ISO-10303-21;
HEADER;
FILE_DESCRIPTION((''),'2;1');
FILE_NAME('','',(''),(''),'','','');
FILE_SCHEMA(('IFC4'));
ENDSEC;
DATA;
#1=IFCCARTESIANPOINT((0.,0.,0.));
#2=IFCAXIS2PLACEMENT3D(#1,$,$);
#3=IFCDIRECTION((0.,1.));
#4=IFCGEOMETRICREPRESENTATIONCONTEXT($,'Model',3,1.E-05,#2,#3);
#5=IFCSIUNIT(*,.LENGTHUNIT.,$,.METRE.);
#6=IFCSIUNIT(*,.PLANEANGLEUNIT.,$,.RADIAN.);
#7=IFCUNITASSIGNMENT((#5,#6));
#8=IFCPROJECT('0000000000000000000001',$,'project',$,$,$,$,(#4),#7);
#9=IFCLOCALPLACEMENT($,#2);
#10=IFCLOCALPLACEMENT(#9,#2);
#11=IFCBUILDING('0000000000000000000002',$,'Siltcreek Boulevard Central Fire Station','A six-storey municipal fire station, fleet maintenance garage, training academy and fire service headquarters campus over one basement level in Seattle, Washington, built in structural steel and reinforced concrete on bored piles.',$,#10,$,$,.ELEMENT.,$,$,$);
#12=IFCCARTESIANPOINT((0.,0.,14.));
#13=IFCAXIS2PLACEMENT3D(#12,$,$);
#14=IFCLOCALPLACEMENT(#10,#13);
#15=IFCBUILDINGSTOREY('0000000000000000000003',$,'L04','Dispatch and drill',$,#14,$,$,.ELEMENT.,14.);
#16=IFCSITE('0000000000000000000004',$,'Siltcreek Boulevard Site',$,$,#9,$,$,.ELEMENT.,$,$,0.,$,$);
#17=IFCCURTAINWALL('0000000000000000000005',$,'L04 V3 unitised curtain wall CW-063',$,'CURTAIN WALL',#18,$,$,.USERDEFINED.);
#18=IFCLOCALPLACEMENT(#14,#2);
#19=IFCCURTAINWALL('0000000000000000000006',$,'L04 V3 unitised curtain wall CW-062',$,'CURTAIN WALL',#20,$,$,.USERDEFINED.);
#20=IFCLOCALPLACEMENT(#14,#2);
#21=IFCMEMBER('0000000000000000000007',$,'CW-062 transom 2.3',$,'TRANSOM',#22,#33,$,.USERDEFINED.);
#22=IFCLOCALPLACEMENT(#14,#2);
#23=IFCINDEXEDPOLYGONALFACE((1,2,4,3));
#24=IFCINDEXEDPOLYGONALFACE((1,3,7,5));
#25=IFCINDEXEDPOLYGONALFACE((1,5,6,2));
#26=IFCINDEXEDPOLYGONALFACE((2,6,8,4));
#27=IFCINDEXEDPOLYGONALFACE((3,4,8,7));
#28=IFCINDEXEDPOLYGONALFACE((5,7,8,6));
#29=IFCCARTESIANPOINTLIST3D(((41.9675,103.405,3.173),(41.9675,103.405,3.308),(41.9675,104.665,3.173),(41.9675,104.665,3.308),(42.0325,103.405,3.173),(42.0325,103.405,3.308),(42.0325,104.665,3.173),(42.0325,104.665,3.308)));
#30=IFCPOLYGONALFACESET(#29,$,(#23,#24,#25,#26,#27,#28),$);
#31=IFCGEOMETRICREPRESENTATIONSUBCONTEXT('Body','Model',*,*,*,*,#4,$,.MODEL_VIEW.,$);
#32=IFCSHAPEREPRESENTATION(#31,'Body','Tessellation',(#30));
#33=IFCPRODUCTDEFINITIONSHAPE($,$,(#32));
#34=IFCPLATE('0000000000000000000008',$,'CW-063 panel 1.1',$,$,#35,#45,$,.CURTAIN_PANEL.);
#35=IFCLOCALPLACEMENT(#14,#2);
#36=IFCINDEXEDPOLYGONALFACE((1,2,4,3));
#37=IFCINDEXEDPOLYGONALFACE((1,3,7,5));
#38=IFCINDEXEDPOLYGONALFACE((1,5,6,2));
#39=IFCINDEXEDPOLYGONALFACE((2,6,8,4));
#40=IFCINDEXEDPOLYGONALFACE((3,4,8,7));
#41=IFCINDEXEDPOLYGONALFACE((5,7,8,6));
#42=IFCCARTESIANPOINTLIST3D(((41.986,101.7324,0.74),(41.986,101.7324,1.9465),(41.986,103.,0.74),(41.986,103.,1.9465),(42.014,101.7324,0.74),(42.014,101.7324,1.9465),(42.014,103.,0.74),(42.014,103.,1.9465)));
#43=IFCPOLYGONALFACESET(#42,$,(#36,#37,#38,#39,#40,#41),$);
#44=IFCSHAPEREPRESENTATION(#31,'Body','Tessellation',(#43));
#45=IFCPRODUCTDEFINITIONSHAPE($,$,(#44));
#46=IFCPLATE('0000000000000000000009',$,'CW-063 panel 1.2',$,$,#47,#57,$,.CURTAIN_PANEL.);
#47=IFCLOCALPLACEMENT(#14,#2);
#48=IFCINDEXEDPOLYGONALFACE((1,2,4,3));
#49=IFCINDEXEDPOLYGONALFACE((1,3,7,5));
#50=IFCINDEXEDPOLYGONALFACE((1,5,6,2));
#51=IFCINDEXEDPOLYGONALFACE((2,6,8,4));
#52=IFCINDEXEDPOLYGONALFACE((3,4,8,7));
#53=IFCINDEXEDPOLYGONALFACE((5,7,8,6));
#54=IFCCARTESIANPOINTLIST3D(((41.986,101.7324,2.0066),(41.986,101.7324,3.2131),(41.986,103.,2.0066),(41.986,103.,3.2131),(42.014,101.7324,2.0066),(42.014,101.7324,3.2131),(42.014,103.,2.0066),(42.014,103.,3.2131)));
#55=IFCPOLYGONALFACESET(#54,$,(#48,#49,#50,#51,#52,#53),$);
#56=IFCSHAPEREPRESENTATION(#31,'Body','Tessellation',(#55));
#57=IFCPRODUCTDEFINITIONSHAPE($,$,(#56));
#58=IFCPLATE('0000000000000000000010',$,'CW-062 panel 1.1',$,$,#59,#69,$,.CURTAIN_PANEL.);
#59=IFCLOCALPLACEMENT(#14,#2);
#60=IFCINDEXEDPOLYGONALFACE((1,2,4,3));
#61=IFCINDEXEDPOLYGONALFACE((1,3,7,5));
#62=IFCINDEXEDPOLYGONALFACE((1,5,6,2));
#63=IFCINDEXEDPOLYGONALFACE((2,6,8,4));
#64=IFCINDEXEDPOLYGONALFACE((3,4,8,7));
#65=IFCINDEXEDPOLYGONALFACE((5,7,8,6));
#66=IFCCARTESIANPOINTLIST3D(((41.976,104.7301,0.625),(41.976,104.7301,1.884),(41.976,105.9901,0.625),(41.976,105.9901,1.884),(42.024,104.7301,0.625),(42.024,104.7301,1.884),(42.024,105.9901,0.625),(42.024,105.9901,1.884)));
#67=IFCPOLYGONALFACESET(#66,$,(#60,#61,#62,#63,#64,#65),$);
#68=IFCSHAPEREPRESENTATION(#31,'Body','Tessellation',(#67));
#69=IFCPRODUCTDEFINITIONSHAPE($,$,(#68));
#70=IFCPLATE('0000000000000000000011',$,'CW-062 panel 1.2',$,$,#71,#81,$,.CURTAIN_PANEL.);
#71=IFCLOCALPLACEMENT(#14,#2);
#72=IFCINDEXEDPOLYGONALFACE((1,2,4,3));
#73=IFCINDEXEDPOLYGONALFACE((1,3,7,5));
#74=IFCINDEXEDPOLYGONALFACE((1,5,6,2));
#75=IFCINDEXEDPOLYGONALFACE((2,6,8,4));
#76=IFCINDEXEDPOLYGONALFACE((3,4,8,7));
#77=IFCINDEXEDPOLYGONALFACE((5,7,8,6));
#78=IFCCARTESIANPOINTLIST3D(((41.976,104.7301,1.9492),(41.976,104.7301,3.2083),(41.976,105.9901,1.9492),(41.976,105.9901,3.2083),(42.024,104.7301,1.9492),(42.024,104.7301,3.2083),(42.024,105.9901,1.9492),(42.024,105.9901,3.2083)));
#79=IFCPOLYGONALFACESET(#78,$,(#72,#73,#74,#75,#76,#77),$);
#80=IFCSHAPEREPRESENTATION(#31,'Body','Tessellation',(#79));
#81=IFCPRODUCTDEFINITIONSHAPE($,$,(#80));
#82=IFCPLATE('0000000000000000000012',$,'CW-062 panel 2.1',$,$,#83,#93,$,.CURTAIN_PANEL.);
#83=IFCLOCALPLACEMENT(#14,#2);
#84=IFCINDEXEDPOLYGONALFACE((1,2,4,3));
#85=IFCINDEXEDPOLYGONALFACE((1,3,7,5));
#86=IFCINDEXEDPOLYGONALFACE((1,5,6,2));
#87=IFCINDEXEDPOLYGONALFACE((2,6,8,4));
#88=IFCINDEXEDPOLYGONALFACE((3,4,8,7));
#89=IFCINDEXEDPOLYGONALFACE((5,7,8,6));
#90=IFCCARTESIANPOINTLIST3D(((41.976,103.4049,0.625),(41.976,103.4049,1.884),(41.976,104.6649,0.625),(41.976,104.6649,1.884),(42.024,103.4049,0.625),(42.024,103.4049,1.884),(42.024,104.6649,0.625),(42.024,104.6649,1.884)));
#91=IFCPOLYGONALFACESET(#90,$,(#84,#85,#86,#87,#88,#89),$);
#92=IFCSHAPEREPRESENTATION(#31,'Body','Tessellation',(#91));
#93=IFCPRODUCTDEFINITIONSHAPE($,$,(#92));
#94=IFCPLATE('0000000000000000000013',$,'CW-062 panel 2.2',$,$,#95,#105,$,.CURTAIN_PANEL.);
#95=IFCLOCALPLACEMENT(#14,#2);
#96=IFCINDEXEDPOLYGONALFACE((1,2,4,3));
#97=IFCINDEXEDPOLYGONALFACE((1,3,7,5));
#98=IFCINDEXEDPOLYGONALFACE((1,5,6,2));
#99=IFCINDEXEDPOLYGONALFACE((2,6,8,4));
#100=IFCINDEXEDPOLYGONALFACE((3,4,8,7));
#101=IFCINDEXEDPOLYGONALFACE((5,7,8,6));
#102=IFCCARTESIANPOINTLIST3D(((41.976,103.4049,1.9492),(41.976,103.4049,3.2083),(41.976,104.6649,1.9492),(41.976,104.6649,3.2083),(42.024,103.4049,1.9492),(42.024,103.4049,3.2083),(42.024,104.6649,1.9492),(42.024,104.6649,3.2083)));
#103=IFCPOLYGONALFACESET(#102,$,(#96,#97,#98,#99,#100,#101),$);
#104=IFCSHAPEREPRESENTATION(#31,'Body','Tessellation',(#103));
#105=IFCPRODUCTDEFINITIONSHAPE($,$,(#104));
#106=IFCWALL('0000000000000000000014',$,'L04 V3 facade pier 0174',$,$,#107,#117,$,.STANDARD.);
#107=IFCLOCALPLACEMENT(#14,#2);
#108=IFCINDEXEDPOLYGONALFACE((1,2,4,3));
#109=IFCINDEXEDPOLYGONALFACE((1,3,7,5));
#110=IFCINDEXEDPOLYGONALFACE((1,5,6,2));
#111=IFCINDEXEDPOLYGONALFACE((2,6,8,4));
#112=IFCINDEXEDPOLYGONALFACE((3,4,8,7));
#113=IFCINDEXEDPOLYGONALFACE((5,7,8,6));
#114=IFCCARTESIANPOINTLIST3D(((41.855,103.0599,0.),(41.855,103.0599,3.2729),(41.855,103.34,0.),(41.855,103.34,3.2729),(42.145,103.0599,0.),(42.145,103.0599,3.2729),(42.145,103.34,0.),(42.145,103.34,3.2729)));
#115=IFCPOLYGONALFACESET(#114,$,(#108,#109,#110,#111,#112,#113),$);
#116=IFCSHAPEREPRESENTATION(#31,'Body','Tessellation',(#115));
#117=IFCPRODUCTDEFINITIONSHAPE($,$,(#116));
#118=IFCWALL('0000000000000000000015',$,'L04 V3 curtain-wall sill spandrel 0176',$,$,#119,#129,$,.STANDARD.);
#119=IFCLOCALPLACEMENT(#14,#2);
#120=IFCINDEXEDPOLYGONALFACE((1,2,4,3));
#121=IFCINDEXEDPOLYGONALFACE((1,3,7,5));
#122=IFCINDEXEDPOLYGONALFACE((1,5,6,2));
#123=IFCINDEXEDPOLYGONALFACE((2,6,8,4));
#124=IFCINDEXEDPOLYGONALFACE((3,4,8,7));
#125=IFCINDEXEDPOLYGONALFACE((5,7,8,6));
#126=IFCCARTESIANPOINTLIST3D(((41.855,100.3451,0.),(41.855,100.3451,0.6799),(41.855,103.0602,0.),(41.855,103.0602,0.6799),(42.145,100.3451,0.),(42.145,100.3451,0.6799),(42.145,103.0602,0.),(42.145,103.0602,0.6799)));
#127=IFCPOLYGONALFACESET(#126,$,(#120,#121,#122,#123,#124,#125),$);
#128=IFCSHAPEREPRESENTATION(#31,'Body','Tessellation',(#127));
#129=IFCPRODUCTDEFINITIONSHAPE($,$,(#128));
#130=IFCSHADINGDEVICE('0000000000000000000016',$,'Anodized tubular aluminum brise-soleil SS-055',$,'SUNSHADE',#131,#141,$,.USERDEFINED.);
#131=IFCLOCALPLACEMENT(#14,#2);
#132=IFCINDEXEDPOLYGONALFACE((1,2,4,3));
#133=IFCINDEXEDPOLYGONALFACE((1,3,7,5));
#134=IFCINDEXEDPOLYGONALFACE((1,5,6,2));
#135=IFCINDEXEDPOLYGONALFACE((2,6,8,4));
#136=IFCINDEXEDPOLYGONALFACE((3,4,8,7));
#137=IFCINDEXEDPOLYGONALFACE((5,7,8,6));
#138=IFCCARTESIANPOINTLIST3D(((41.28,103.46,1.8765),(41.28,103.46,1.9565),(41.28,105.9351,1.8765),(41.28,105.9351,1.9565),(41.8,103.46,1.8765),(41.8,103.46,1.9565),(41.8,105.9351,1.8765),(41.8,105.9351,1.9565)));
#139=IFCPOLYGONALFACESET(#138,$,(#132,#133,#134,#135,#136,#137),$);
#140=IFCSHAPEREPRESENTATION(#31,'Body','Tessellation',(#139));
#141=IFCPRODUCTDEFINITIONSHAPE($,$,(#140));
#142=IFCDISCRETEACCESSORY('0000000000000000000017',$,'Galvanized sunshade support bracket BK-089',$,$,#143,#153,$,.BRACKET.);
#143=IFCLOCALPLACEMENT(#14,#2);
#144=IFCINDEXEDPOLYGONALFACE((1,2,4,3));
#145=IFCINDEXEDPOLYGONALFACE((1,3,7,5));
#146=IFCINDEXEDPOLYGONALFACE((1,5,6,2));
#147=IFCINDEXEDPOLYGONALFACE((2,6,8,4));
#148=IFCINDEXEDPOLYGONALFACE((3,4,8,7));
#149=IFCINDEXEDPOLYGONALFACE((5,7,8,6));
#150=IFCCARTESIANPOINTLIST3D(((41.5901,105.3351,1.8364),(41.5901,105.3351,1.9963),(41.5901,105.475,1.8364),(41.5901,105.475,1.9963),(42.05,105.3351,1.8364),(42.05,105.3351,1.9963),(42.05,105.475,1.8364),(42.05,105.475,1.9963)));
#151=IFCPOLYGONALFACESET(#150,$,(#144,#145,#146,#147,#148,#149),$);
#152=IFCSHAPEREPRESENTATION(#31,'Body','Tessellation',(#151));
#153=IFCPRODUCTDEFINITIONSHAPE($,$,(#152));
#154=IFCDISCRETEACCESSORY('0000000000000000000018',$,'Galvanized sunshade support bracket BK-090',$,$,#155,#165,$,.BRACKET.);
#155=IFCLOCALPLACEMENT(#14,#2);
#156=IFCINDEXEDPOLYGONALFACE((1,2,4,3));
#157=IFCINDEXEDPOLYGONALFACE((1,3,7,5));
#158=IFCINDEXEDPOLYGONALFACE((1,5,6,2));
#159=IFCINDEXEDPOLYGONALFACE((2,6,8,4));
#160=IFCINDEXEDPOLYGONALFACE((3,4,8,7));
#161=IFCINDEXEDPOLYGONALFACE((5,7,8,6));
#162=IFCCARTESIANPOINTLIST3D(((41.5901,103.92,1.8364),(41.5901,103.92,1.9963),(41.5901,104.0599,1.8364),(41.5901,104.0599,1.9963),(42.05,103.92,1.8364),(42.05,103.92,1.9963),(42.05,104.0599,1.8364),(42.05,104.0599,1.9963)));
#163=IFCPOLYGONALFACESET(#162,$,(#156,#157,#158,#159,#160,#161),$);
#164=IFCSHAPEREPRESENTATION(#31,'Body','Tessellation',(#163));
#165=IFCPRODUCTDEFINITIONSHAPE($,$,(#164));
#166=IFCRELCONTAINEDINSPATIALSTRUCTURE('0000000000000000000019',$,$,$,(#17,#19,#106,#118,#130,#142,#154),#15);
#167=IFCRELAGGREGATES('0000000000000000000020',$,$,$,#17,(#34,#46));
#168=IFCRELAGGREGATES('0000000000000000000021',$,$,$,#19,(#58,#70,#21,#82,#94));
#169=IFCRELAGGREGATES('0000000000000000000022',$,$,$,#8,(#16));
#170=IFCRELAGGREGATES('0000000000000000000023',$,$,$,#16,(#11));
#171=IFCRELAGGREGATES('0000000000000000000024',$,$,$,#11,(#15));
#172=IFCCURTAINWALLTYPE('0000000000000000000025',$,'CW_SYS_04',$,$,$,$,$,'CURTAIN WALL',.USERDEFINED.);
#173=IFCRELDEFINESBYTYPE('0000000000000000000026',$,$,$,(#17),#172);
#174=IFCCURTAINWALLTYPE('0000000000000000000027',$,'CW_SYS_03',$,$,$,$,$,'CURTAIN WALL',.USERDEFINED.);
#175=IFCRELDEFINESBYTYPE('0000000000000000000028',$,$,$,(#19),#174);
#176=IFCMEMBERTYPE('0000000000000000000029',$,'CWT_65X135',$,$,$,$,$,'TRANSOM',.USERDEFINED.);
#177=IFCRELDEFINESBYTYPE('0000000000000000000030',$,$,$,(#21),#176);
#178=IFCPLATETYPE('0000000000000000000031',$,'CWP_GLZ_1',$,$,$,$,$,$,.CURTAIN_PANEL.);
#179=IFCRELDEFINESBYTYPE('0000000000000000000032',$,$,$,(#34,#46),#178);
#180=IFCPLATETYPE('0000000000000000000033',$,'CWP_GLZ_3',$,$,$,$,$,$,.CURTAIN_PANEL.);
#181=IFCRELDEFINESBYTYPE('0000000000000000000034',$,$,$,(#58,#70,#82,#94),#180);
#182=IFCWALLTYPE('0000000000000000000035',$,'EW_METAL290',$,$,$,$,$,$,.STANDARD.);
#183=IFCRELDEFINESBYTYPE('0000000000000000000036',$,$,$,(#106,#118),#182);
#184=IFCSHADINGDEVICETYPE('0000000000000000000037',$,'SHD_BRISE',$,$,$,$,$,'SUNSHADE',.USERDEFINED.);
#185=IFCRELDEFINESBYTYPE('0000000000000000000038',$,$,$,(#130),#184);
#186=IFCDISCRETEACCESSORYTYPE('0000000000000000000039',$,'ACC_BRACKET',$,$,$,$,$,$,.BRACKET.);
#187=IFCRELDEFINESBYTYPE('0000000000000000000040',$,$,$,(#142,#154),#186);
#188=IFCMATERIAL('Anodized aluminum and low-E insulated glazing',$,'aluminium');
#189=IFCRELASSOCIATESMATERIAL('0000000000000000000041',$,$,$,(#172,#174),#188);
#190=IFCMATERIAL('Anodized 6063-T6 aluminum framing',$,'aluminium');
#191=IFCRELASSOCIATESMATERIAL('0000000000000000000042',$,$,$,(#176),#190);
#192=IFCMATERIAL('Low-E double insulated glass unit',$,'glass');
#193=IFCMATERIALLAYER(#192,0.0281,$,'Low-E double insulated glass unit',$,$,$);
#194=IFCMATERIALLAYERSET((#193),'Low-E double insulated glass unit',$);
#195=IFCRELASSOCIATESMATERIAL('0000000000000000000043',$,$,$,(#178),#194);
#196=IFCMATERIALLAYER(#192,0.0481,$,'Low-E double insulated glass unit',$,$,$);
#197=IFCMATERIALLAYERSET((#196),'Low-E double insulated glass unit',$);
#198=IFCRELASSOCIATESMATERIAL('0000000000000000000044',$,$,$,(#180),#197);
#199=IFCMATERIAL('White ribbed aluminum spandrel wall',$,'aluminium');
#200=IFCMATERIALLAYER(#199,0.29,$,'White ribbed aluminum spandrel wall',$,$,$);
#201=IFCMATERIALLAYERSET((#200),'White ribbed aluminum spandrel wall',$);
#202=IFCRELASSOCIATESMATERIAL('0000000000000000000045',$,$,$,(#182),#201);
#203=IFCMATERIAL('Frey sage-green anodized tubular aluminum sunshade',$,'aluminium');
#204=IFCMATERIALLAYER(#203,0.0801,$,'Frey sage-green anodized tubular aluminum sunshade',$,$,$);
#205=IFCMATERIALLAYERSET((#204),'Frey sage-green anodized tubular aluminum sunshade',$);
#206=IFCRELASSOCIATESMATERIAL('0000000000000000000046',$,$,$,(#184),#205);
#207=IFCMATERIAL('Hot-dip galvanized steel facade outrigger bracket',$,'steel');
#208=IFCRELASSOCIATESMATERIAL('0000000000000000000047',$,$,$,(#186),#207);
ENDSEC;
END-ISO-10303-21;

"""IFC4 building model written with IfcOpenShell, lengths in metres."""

from ifc_helpers import new_model, si_unit, direction, frame, frame_2d, origin, origin_2d, place, context, subcontext, project, spatial, rectangle, extrude, material, layer, layer_set, material_profile, profile_set, type_object, element, aggregate, save


model = new_model("IFC4")

# Units and contexts
model_context = context("Model", 3, precision=1e-05, world=origin(), true_north=direction((0.0, 1.0)))
body_context = subcontext(model_context, "Body", "Model", "MODEL_VIEW")
ifc_project = project(units=[si_unit("LENGTHUNIT", "METRE"), si_unit("PLANEANGLEUNIT", "RADIAN")], contexts=[model_context])

# Site, building, storey
site_placement = place(None, origin())
site = spatial("IfcSite", under=ifc_project, at=site_placement, Name="Siltcreek Boulevard Site", CompositionType="ELEMENT", RefElevation=0.0)
building_placement = place(site_placement, origin())
building = spatial("IfcBuilding", under=site, at=building_placement, Name="Siltcreek Boulevard Central Fire Station", Description="A six-storey municipal fire station, fleet maintenance garage, training academy and fire service headquarters campus over one basement level in Seattle, Washington, built in structural steel and reinforced concrete on bored piles.", CompositionType="ELEMENT")
storey_placement = place(building_placement, frame((0.0, 0.0, 14.0)))
storey = spatial("IfcBuildingStorey", under=building, at=storey_placement, Name="L04", Description="Dispatch and drill", CompositionType="ELEMENT", Elevation=14.0)

# Curtain walls
ifc_material_1 = material(Name="Anodized aluminum and low-E insulated glazing", Category="aluminium")
curtain_wall_type_1 = type_object("IfcCurtainWallType", Name="CW_SYS_04", ElementType="CURTAIN WALL", PredefinedType="USERDEFINED", material=ifc_material_1)
curtain_wall_1_placement = place(storey_placement, origin())
curtain_wall_1 = element("IfcCurtainWall", 1, at=curtain_wall_1_placement, inside=storey, type_object=curtain_wall_type_1, Name="L04 V3 unitised curtain wall CW-063", ObjectType="CURTAIN WALL", PredefinedType="USERDEFINED")
ifc_material_2 = material(Name="Anodized 6063-T6 aluminum framing", Category="aluminium")
curtain_wall_type_2 = type_object("IfcCurtainWallType", Name="CW_SYS_03", ElementType="CURTAIN WALL", PredefinedType="USERDEFINED", material=ifc_material_1)
curtain_wall_2_placement = place(storey_placement, origin())
curtain_wall_2 = element("IfcCurtainWall", 2, at=curtain_wall_2_placement, inside=storey, type_object=curtain_wall_type_2, Name="L04 V3 unitised curtain wall CW-062", ObjectType="CURTAIN WALL", PredefinedType="USERDEFINED")

# Member
ifc_material_profile_1 = material_profile(ifc_material_2, rectangle(XDim=0.0649, YDim=0.135, at=origin_2d()), Name="TRAN65X135")
ifc_profile_set_1 = profile_set([ifc_material_profile_1], Name="Anodized 6063-T6 aluminum framing")
member_type_1 = type_object("IfcMemberType", Name="CWT_65X135", ElementType="TRANSOM", PredefinedType="USERDEFINED", material=ifc_profile_set_1)
member_1_placement = place(storey_placement, frame((42.0, 104.665, 3.2405), z_axis=(0.0, -1.0, 0.0), x_axis=(1.0, 0.0, 0.0)))
member_1 = element("IfcMember", 3, at=member_1_placement, type_object=member_type_1, Name="CW-062 transom 2.3", ObjectType="TRANSOM", PredefinedType="USERDEFINED", context=body_context, shape_type="SweptSolid", body=[
    extrude(rectangle(XDim=0.0649, YDim=0.135, at=origin_2d()), origin(), (0.0, 0.0, 1.0), 1.26),
])

# Plates
ifc_material_3 = material(Name="Low-E double insulated glass unit", Category="glass")
ifc_layer_1 = layer(ifc_material_3, 0.0281, Name="Low-E double insulated glass unit")
ifc_layer_set_1 = layer_set([ifc_layer_1], Name="Low-E double insulated glass unit")
plate_type_1 = type_object("IfcPlateType", Name="CWP_GLZ_1", PredefinedType="CURTAIN_PANEL", material=ifc_layer_set_1)
plate_1_placement = place(storey_placement, frame((42.0, 102.3662, 0.74), z_axis=(0.0, 0.0, 1.0), x_axis=(0.0, -1.0, 0.0)))
plate_1 = element("IfcPlate", 4, at=plate_1_placement, type_object=plate_type_1, Name="CW-063 panel 1.1", PredefinedType="CURTAIN_PANEL", context=body_context, shape_type="SweptSolid", body=[
    extrude(rectangle(XDim=1.2676, YDim=0.0281, at=origin_2d()), origin(), (0.0, 0.0, 1.0), 1.2065),
])
plate_2_placement = place(storey_placement, frame((42.0, 102.3662, 2.0066), z_axis=(0.0, 0.0, 1.0), x_axis=(0.0, -1.0, 0.0)))
plate_2 = element("IfcPlate", 5, at=plate_2_placement, type_object=plate_type_1, Name="CW-063 panel 1.2", PredefinedType="CURTAIN_PANEL", context=body_context, shape_type="SweptSolid", body=[
    extrude(rectangle(XDim=1.2676, YDim=0.0281, at=origin_2d()), origin(), (0.0, 0.0, 1.0), 1.2065),
])
aggregate(curtain_wall_1, [plate_1, plate_2])
ifc_layer_2 = layer(ifc_material_3, 0.0481, Name="Low-E double insulated glass unit")
ifc_layer_set_2 = layer_set([ifc_layer_2], Name="Low-E double insulated glass unit")
plate_type_2 = type_object("IfcPlateType", Name="CWP_GLZ_3", PredefinedType="CURTAIN_PANEL", material=ifc_layer_set_2)
plate_3_placement = place(storey_placement, frame((42.0, 105.3601, 0.625), z_axis=(0.0, 0.0, 1.0), x_axis=(0.0, -1.0, 0.0)))
plate_3 = element("IfcPlate", 6, at=plate_3_placement, type_object=plate_type_2, Name="CW-062 panel 1.1", PredefinedType="CURTAIN_PANEL", context=body_context, shape_type="SweptSolid", body=[
    extrude(rectangle(XDim=1.26, YDim=0.0481, at=origin_2d()), origin(), (0.0, 0.0, 1.0), 1.259),
])
plate_4_placement = place(storey_placement, frame((42.0, 105.3601, 1.9492), z_axis=(0.0, 0.0, 1.0), x_axis=(0.0, -1.0, 0.0)))
plate_4 = element("IfcPlate", 7, at=plate_4_placement, type_object=plate_type_2, Name="CW-062 panel 1.2", PredefinedType="CURTAIN_PANEL", context=body_context, shape_type="SweptSolid", body=[
    extrude(rectangle(XDim=1.26, YDim=0.0481, at=origin_2d()), origin(), (0.0, 0.0, 1.0), 1.259),
])
plate_5_placement = place(storey_placement, frame((42.0, 104.0349, 0.625), z_axis=(0.0, 0.0, 1.0), x_axis=(0.0, -1.0, 0.0)))
plate_5 = element("IfcPlate", 8, at=plate_5_placement, type_object=plate_type_2, Name="CW-062 panel 2.1", PredefinedType="CURTAIN_PANEL", context=body_context, shape_type="SweptSolid", body=[
    extrude(rectangle(XDim=1.26, YDim=0.0481, at=origin_2d()), origin(), (0.0, 0.0, 1.0), 1.259),
])
plate_6_placement = place(storey_placement, frame((42.0, 104.0349, 1.9492), z_axis=(0.0, 0.0, 1.0), x_axis=(0.0, -1.0, 0.0)))
plate_6 = element("IfcPlate", 9, at=plate_6_placement, type_object=plate_type_2, Name="CW-062 panel 2.2", PredefinedType="CURTAIN_PANEL", context=body_context, shape_type="SweptSolid", body=[
    extrude(rectangle(XDim=1.26, YDim=0.0481, at=origin_2d()), origin(), (0.0, 0.0, 1.0), 1.259),
])
aggregate(curtain_wall_2, [plate_3, plate_4, member_1, plate_5, plate_6])

# Walls
ifc_material_4 = material(Name="White ribbed aluminum spandrel wall", Category="aluminium")
ifc_layer_3 = layer(ifc_material_4, 0.29, Name="White ribbed aluminum spandrel wall")
ifc_layer_set_3 = layer_set([ifc_layer_3], Name="White ribbed aluminum spandrel wall")
wall_type = type_object("IfcWallType", Name="EW_METAL290", PredefinedType="STANDARD", material=ifc_layer_set_3)
wall_1_placement = place(storey_placement, frame((42.0, 103.3401, 0.0), z_axis=(0.0, 0.0, 1.0), x_axis=(0.0, -1.0, 0.0)))
element("IfcWall", 10, at=wall_1_placement, inside=storey, type_object=wall_type, Name="L04 V3 facade pier 0174", PredefinedType="STANDARD", context=body_context, shape_type="SweptSolid", body=[
    extrude(rectangle(XDim=0.28, YDim=0.29, at=frame_2d((0.1401, 0.0))), origin(), (0.0, 0.0, 1.0), 3.2729),
])
wall_2_placement = place(storey_placement, frame((42.0, 103.0601, 0.0), z_axis=(0.0, 0.0, 1.0), x_axis=(0.0, -1.0, 0.0)))
element("IfcWall", 11, at=wall_2_placement, inside=storey, type_object=wall_type, Name="L04 V3 curtain-wall sill spandrel 0176", PredefinedType="STANDARD", context=body_context, shape_type="SweptSolid", body=[
    extrude(rectangle(XDim=2.7151, YDim=0.29, at=frame_2d((1.3574, 0.0))), origin(), (0.0, 0.0, 1.0), 0.6799),
])

# Shading device
ifc_material_5 = material(Name="Frey sage-green anodized tubular aluminum sunshade", Category="aluminium")
ifc_layer_4 = layer(ifc_material_5, 0.0801, Name="Frey sage-green anodized tubular aluminum sunshade")
ifc_layer_set_4 = layer_set([ifc_layer_4], Name="Frey sage-green anodized tubular aluminum sunshade")
shading_device_type = type_object("IfcShadingDeviceType", Name="SHD_BRISE", ElementType="SUNSHADE", PredefinedType="USERDEFINED", material=ifc_layer_set_4)
shading_device_placement = place(storey_placement, frame((41.54, 104.6975, 1.8765), z_axis=(0.0, 0.0, 1.0), x_axis=(0.0, -1.0, 0.0)))
element("IfcShadingDevice", 12, at=shading_device_placement, inside=storey, type_object=shading_device_type, Name="Anodized tubular aluminum brise-soleil SS-055", ObjectType="SUNSHADE", PredefinedType="USERDEFINED", context=body_context, shape_type="SweptSolid", body=[
    extrude(rectangle(XDim=2.4751, YDim=0.52, at=origin_2d()), origin(), (0.0, 0.0, 1.0), 0.0801),
])

# Discrete accessories
ifc_material_6 = material(Name="Hot-dip galvanized steel facade outrigger bracket", Category="steel")
discrete_accessory_type = type_object("IfcDiscreteAccessoryType", Name="ACC_BRACKET", PredefinedType="BRACKET", material=ifc_material_6)
for number, where, z_axis, x_axis, name in (
    (13, (41.8201, 105.405, 1.8364), (0.0, 0.0, 1.0), (0.0, -1.0, 0.0), "Galvanized sunshade support bracket BK-089"),
    (14, (41.8201, 103.99, 1.8364), (0.0, 0.0, 1.0), (0.0, -1.0, 0.0), "Galvanized sunshade support bracket BK-090"),
):
    element("IfcDiscreteAccessory", number, at=place(storey_placement, frame(where, z_axis=z_axis, x_axis=x_axis)), inside=storey, type_object=discrete_accessory_type, Name=name, PredefinedType="BRACKET", context=body_context, shape_type="SweptSolid", body=[
        extrude(rectangle(XDim=0.1399, YDim=0.46, at=origin_2d()), origin(), (0.0, 0.0, 1.0), 0.1599),
    ])

save(model, "model.ifc")
